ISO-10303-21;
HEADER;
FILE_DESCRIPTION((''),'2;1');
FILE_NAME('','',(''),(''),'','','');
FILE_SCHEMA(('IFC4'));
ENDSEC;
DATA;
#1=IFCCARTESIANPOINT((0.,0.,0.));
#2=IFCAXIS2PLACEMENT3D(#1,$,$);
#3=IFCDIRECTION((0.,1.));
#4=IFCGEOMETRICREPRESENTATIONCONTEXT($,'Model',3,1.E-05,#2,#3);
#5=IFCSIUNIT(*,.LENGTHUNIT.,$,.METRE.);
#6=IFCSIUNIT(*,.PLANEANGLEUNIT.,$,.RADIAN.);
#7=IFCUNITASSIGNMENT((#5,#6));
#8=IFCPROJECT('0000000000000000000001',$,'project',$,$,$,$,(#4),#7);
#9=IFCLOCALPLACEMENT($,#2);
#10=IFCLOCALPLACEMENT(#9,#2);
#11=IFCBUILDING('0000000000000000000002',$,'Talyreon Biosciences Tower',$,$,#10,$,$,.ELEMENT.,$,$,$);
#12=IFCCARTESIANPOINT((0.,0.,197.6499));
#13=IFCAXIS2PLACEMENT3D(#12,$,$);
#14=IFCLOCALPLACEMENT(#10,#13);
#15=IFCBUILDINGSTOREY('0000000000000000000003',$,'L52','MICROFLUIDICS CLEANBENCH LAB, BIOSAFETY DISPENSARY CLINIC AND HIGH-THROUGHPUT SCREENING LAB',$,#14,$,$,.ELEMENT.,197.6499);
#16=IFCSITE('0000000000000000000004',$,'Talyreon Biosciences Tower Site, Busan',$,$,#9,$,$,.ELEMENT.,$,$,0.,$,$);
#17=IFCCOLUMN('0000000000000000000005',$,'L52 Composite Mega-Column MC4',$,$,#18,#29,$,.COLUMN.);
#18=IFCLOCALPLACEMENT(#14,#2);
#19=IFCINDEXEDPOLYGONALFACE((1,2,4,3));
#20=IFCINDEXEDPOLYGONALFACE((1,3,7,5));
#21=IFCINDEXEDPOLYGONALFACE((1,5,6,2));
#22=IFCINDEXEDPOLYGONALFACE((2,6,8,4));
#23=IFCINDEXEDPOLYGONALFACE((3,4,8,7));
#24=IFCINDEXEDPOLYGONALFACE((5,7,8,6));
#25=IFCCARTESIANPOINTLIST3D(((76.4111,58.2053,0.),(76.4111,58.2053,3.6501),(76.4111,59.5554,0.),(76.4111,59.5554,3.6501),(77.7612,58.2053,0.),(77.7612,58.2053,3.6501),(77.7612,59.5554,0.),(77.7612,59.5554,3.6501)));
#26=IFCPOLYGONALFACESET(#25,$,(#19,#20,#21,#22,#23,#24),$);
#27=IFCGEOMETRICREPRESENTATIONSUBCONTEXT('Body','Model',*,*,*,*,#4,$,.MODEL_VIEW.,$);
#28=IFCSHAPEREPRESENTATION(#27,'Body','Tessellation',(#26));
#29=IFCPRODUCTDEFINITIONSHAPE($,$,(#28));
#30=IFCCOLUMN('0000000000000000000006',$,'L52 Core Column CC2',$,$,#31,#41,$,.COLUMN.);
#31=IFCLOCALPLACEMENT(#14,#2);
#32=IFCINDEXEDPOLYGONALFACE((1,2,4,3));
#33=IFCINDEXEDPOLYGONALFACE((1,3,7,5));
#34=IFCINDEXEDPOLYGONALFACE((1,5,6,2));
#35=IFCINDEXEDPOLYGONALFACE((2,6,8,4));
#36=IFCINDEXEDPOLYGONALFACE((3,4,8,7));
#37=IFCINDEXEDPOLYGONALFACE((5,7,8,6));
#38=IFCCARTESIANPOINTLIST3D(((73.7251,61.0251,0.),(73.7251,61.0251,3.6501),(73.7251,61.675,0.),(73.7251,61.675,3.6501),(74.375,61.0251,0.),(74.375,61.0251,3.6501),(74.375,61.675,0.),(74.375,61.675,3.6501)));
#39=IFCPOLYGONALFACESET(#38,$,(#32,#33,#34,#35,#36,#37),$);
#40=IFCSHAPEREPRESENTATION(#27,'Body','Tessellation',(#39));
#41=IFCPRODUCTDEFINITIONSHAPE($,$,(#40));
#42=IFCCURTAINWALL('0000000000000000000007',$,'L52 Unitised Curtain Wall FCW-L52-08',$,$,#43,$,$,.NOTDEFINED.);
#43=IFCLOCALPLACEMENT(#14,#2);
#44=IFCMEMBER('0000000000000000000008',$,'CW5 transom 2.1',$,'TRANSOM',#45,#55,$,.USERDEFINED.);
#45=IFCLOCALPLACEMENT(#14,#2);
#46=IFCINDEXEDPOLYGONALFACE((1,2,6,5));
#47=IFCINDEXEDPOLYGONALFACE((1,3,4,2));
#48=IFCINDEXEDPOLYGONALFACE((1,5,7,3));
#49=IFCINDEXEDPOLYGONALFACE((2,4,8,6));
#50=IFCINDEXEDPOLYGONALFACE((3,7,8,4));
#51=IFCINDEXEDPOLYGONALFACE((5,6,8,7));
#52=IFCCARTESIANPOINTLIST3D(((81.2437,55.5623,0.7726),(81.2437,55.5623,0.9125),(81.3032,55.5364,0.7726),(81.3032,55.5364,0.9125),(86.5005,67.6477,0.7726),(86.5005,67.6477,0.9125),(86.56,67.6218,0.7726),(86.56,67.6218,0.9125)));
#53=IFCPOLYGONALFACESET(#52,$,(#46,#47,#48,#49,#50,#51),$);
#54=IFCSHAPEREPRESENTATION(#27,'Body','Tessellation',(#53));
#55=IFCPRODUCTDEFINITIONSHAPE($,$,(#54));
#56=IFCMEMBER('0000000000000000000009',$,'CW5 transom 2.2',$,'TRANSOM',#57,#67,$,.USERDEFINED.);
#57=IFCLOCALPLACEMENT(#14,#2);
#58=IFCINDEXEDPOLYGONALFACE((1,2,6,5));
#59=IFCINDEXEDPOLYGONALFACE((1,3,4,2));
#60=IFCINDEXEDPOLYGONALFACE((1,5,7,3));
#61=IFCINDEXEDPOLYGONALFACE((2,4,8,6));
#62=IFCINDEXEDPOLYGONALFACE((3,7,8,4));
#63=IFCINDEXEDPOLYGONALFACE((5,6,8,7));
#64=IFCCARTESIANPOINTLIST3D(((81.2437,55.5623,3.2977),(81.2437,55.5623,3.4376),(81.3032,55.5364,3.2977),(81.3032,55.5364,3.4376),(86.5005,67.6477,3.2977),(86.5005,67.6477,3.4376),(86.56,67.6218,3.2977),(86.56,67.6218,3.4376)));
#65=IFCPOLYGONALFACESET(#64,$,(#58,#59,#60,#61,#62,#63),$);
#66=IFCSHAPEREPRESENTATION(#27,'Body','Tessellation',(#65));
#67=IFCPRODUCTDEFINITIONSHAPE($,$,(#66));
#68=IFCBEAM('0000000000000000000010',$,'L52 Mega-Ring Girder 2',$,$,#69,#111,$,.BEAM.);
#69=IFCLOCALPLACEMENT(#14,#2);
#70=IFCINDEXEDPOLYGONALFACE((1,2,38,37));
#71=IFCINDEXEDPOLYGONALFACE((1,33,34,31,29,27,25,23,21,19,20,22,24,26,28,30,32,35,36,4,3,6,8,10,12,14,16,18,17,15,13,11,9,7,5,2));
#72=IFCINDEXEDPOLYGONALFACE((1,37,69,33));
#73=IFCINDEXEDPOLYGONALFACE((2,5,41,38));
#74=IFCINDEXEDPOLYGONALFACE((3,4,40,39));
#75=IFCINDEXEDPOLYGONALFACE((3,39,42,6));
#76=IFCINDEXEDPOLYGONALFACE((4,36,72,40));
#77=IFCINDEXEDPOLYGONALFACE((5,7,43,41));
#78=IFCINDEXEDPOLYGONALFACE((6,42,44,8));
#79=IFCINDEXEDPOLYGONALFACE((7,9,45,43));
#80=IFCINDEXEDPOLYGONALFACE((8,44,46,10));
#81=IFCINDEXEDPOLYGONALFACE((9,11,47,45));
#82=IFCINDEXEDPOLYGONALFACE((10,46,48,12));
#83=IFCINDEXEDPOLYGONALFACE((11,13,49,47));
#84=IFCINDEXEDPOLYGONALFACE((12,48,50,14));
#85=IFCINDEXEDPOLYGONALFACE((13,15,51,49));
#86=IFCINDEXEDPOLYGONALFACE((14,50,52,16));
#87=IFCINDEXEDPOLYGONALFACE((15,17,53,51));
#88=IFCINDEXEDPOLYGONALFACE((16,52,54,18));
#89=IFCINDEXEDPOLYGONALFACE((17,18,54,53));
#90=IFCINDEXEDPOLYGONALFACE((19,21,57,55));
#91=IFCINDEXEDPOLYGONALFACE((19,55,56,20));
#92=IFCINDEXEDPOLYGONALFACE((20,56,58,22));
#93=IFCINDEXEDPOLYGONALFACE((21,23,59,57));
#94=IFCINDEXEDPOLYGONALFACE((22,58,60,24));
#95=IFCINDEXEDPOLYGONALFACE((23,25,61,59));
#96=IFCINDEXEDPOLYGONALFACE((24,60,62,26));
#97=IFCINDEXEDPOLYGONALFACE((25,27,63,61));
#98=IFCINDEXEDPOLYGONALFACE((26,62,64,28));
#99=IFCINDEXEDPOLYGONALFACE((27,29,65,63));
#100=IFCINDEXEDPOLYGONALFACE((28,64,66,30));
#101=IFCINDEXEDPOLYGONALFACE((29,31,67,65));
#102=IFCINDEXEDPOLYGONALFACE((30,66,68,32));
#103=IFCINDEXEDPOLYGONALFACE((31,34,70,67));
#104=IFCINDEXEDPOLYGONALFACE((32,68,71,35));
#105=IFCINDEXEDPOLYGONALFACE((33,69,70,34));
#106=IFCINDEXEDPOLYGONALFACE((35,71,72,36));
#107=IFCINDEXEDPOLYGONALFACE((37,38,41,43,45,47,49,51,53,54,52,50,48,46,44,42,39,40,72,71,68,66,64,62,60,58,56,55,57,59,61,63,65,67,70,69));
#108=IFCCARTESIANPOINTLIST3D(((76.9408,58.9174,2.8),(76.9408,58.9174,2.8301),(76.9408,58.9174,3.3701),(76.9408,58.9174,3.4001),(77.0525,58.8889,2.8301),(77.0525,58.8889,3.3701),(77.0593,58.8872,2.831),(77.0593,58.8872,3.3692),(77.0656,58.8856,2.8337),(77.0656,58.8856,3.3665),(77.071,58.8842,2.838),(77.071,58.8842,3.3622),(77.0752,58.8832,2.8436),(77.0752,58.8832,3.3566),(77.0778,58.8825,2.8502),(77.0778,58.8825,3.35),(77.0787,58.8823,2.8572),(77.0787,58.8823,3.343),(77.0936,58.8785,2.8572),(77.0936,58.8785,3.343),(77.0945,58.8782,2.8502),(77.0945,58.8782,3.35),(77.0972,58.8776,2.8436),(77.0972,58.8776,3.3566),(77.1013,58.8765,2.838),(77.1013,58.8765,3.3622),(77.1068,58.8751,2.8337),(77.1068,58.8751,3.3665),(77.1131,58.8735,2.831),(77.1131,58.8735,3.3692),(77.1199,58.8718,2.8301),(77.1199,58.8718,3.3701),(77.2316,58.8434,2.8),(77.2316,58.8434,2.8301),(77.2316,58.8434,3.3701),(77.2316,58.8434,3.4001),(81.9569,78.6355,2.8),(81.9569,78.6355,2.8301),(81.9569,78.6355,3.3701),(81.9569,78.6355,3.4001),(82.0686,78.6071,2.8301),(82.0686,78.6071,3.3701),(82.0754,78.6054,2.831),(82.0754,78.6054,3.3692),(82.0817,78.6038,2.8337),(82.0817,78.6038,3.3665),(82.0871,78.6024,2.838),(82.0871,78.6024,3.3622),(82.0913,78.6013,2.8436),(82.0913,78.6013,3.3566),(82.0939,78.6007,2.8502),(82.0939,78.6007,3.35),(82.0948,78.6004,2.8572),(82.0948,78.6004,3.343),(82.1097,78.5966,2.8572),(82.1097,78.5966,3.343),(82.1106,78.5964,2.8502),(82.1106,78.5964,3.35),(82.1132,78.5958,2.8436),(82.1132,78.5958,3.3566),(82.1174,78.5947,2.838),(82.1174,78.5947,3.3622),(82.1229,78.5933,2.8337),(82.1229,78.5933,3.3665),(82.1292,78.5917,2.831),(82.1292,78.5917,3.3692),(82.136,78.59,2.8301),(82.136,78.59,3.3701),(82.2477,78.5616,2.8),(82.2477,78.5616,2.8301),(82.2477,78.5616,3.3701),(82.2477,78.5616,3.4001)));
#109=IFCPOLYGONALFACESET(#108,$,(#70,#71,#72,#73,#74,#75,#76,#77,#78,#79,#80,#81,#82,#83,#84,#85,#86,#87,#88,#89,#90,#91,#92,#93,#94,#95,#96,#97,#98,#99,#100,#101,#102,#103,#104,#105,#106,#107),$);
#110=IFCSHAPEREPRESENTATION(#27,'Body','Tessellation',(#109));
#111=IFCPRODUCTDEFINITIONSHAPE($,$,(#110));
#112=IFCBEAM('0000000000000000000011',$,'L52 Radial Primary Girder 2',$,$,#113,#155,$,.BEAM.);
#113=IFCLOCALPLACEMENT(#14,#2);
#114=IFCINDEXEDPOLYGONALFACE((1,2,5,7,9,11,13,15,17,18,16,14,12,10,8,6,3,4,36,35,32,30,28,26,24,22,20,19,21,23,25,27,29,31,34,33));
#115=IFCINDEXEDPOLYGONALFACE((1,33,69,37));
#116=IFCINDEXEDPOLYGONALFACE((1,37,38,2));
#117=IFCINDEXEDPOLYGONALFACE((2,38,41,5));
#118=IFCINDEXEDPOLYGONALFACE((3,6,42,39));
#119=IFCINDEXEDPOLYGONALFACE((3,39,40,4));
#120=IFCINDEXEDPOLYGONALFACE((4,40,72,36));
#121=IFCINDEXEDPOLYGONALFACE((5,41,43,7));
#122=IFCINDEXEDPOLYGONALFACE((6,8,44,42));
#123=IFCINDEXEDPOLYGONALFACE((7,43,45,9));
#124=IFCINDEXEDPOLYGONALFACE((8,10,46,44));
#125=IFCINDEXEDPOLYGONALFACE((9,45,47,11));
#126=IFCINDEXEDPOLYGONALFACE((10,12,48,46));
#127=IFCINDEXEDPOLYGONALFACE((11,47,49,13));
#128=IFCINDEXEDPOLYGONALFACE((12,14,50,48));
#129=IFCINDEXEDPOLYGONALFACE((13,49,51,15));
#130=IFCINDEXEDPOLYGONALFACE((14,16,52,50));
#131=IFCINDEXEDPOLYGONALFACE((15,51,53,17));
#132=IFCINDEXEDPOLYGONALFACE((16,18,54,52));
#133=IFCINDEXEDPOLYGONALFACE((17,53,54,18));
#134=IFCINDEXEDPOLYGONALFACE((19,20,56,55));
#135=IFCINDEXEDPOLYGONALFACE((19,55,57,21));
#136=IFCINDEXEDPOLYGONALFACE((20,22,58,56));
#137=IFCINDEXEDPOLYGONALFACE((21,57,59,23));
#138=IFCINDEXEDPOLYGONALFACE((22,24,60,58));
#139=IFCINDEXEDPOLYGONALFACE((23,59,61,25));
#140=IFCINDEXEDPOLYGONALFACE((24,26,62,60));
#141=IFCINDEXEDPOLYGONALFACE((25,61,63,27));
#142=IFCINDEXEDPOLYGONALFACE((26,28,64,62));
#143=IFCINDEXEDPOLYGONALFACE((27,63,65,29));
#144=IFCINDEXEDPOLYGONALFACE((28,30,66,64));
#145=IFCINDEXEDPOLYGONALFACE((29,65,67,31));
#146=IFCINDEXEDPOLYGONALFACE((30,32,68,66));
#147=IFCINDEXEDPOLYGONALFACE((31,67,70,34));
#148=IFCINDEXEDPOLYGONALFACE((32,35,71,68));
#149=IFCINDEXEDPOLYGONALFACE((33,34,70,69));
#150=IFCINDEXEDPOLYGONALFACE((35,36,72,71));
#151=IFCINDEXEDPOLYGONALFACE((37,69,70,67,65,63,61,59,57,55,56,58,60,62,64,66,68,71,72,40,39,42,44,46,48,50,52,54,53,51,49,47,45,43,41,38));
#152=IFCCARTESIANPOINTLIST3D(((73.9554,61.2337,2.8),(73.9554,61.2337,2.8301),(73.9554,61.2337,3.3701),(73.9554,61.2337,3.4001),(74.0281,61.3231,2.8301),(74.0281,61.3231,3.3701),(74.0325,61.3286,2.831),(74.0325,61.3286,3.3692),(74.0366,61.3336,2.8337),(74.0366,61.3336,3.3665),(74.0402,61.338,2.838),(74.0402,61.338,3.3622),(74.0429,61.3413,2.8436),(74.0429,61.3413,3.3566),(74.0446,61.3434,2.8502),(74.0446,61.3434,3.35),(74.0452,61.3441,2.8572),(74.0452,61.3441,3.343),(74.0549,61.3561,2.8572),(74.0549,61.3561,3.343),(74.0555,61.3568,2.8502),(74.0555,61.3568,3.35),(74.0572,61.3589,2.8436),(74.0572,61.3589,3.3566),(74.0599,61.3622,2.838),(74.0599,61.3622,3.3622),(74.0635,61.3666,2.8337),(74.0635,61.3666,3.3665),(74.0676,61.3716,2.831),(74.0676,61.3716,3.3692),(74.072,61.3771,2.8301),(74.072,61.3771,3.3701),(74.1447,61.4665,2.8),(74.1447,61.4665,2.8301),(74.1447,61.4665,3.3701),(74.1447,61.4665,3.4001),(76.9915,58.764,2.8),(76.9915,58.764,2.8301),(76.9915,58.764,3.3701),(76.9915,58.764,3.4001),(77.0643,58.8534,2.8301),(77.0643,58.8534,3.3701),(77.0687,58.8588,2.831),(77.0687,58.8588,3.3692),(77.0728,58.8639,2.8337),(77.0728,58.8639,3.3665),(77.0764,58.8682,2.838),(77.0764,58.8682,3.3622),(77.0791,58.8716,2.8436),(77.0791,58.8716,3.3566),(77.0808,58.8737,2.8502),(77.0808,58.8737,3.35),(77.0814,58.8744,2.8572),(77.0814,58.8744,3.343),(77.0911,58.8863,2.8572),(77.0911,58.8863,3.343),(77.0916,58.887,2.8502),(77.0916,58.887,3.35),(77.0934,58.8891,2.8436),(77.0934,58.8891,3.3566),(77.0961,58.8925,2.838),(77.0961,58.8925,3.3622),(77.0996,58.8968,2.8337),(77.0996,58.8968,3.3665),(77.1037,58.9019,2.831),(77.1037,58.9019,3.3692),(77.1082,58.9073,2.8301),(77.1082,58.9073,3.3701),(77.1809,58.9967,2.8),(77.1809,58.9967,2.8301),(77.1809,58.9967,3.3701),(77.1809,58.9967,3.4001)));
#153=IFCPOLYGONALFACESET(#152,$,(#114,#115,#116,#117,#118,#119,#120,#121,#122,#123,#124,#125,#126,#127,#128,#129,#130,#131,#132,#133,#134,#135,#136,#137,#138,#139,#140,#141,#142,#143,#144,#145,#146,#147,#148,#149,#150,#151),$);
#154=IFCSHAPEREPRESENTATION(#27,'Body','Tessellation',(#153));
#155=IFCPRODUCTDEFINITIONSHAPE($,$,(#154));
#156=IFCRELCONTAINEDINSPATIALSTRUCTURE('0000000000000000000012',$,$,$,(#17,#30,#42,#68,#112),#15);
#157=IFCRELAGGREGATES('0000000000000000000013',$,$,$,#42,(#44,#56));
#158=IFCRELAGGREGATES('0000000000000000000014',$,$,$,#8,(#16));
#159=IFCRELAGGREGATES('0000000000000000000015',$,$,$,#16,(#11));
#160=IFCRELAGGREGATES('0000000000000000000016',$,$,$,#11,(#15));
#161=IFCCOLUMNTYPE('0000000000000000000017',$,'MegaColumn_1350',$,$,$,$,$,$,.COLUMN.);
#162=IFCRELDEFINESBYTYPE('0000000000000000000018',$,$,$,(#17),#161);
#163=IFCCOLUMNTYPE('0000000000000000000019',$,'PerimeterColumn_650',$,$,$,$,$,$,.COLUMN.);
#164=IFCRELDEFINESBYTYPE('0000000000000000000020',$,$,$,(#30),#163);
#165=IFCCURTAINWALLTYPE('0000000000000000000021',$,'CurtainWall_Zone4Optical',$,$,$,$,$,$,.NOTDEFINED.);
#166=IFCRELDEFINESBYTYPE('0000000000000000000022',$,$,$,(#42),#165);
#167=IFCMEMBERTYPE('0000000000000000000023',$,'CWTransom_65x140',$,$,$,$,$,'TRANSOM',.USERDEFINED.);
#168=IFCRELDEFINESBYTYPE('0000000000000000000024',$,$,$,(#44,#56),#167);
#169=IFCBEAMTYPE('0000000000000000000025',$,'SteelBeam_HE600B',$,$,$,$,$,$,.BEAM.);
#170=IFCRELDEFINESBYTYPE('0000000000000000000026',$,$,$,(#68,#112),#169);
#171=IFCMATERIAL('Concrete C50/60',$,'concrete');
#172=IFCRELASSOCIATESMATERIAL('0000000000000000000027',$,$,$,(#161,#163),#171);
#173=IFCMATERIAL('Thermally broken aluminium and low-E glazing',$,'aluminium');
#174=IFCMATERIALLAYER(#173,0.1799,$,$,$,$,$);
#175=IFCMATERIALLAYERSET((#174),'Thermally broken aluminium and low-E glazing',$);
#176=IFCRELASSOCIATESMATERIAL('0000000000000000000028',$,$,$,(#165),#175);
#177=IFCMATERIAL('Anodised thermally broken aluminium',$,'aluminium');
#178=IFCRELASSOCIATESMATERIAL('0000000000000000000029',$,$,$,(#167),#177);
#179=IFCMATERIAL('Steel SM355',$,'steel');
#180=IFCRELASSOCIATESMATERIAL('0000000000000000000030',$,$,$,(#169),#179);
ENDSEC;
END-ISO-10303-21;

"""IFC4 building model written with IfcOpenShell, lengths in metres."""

from ifc_helpers import new_model, si_unit, direction, frame, origin, origin_2d, place, context, subcontext, project, spatial, rectangle, i_section, extrude, material, layer, layer_set, material_profile, profile_set, type_object, element, aggregate, save


model = new_model("IFC4")

# Units and contexts
model_context = context("Model", 3, precision=1e-05, world=origin(), true_north=direction((0.0, 1.0)))
body_context = subcontext(model_context, "Body", "Model", "MODEL_VIEW")
ifc_project = project(units=[si_unit("LENGTHUNIT", "METRE"), si_unit("PLANEANGLEUNIT", "RADIAN")], contexts=[model_context])

# Site, building, storey
site_placement = place(None, origin())
site = spatial("IfcSite", under=ifc_project, at=site_placement, Name="Talyreon Biosciences Tower Site, Busan", CompositionType="ELEMENT", RefElevation=0.0)
building_placement = place(site_placement, origin())
building = spatial("IfcBuilding", under=site, at=building_placement, Name="Talyreon Biosciences Tower", CompositionType="ELEMENT")
storey_placement = place(building_placement, frame((0.0, 0.0, 197.6499)))
storey = spatial("IfcBuildingStorey", under=building, at=storey_placement, Name="L52", Description="MICROFLUIDICS CLEANBENCH LAB, BIOSAFETY DISPENSARY CLINIC AND HIGH-THROUGHPUT SCREENING LAB", CompositionType="ELEMENT", Elevation=197.6499)

# Columns
ifc_material_1 = material(Name="Concrete C50/60", Category="concrete")
ifc_material_profile_1 = material_profile(ifc_material_1, rectangle(XDim=1.3501, YDim=1.3501, at=origin_2d()), Name="RC 1350x1350")
ifc_profile_set_1 = profile_set([ifc_material_profile_1], Name="Concrete C50/60")
column_type_1 = type_object("IfcColumnType", Name="MegaColumn_1350", PredefinedType="COLUMN", material=ifc_profile_set_1)
column_1_placement = place(storey_placement, frame((77.0862, 58.8804, 0.0), z_axis=(0.0, 0.0, 1.0), x_axis=(1.0, 0.0, 0.0)))
element("IfcColumn", 1, at=column_1_placement, inside=storey, type_object=column_type_1, Name="L52 Composite Mega-Column MC4", PredefinedType="COLUMN", context=body_context, shape_type="SweptSolid", body=[
    extrude(rectangle(XDim=1.3501, YDim=1.3501, at=origin_2d()), origin(), (0.0, 0.0, 1.0), 3.6501),
])
ifc_material_profile_2 = material_profile(ifc_material_1, rectangle(XDim=0.6499, YDim=0.6499, at=origin_2d()), Name="RC 650x650")
ifc_profile_set_2 = profile_set([ifc_material_profile_2], Name="Concrete C50/60")
column_type_2 = type_object("IfcColumnType", Name="PerimeterColumn_650", PredefinedType="COLUMN", material=ifc_profile_set_2)
column_2_placement = place(storey_placement, frame((74.05, 61.3501, 0.0), z_axis=(0.0, 0.0, 1.0), x_axis=(1.0, 0.0, 0.0)))
element("IfcColumn", 2, at=column_2_placement, inside=storey, type_object=column_type_2, Name="L52 Core Column CC2", PredefinedType="COLUMN", context=body_context, shape_type="SweptSolid", body=[
    extrude(rectangle(XDim=0.6499, YDim=0.6499, at=origin_2d()), origin(), (0.0, 0.0, 1.0), 3.6501),
])

# Curtain wall, members
ifc_material_2 = material(Name="Thermally broken aluminium and low-E glazing", Category="aluminium")
ifc_layer_1 = layer(ifc_material_2, 0.1799)
ifc_layer_set_1 = layer_set([ifc_layer_1], Name="Thermally broken aluminium and low-E glazing")
curtain_wall_type = type_object("IfcCurtainWallType", Name="CurtainWall_Zone4Optical", PredefinedType="NOTDEFINED", material=ifc_layer_set_1)
curtain_wall_placement = place(storey_placement, origin())
curtain_wall = element("IfcCurtainWall", 3, at=curtain_wall_placement, inside=storey, type_object=curtain_wall_type, Name="L52 Unitised Curtain Wall FCW-L52-08", PredefinedType="NOTDEFINED")
ifc_material_3 = material(Name="Anodised thermally broken aluminium", Category="aluminium")
ifc_material_profile_3 = material_profile(ifc_material_3, rectangle(XDim=0.0649, YDim=0.1399, at=origin_2d()), Name="ALUM TRANSOM 65x140")
ifc_profile_set_3 = profile_set([ifc_material_profile_3], Name="Anodised thermally broken aluminium")
member_type = type_object("IfcMemberType", Name="CWTransom_65x140", ElementType="TRANSOM", PredefinedType="USERDEFINED", material=ifc_profile_set_3)
member_1_placement = place(storey_placement, frame((86.5303, 67.6348, 0.8425), z_axis=(-0.398872, -0.917006, 0.0), x_axis=(0.917006, -0.398872, 0.0)))
member_1 = element("IfcMember", 4, at=member_1_placement, type_object=member_type, Name="CW5 transom 2.1", ObjectType="TRANSOM", PredefinedType="USERDEFINED", context=body_context, shape_type="SweptSolid", body=[
    extrude(rectangle(XDim=0.0649, YDim=0.1399, at=origin_2d()), origin(), (0.0, 0.0, 1.0), 13.1792),
])
member_2_placement = place(storey_placement, frame((86.5303, 67.6348, 3.3677), z_axis=(-0.398872, -0.917006, 0.0), x_axis=(0.917006, -0.398872, 0.0)))
member_2 = element("IfcMember", 5, at=member_2_placement, type_object=member_type, Name="CW5 transom 2.2", ObjectType="TRANSOM", PredefinedType="USERDEFINED", context=body_context, shape_type="SweptSolid", body=[
    extrude(rectangle(XDim=0.0649, YDim=0.1399, at=origin_2d()), origin(), (0.0, 0.0, 1.0), 13.1792),
])

# Beams
ifc_material_4 = material(Name="Steel SM355", Category="steel")
ifc_material_profile_4 = material_profile(ifc_material_4, i_section(OverallWidth=0.3, OverallDepth=0.6001, WebThickness=0.0154, FlangeThickness=0.03, FilletRadius=0.0271, at=origin_2d()), Name="HE600B")
ifc_profile_set_4 = profile_set([ifc_material_profile_4], Name="Steel SM355")
beam_type_1 = type_object("IfcBeamType", Name="SteelBeam_HE600B", PredefinedType="BEAM", material=ifc_profile_set_4)
beam_1_placement = place(storey_placement, frame((77.0862, 58.8804, 3.1001), z_axis=(0.246537, 0.969133, 0.0), x_axis=(-0.969133, 0.246537, 0.0)))
element("IfcBeam", 6, at=beam_1_placement, inside=storey, type_object=beam_type_1, Name="L52 Mega-Ring Girder 2", PredefinedType="BEAM", context=body_context, shape_type="SweptSolid", body=[
    extrude(i_section(OverallWidth=0.3, OverallDepth=0.6001, WebThickness=0.0154, FlangeThickness=0.03, FilletRadius=0.0271, at=origin_2d()), origin(), (0.0, 0.0, 1.0), 20.3462),
])
beam_2_placement = place(storey_placement, frame((74.05, 61.3501, 3.1001), z_axis=(0.775755, -0.631034, 0.0), x_axis=(0.631034, 0.775755, 0.0)))
element("IfcBeam", 7, at=beam_2_placement, inside=storey, type_object=beam_type_1, Name="L52 Radial Primary Girder 2", PredefinedType="BEAM", context=body_context, shape_type="SweptSolid", body=[
    extrude(i_section(OverallWidth=0.3, OverallDepth=0.6001, WebThickness=0.0154, FlangeThickness=0.03, FilletRadius=0.0271, at=origin_2d()), origin(), (0.0, 0.0, 1.0), 3.9138),
])

aggregate(curtain_wall, [member_1, member_2])

save(model, "model.ifc")
